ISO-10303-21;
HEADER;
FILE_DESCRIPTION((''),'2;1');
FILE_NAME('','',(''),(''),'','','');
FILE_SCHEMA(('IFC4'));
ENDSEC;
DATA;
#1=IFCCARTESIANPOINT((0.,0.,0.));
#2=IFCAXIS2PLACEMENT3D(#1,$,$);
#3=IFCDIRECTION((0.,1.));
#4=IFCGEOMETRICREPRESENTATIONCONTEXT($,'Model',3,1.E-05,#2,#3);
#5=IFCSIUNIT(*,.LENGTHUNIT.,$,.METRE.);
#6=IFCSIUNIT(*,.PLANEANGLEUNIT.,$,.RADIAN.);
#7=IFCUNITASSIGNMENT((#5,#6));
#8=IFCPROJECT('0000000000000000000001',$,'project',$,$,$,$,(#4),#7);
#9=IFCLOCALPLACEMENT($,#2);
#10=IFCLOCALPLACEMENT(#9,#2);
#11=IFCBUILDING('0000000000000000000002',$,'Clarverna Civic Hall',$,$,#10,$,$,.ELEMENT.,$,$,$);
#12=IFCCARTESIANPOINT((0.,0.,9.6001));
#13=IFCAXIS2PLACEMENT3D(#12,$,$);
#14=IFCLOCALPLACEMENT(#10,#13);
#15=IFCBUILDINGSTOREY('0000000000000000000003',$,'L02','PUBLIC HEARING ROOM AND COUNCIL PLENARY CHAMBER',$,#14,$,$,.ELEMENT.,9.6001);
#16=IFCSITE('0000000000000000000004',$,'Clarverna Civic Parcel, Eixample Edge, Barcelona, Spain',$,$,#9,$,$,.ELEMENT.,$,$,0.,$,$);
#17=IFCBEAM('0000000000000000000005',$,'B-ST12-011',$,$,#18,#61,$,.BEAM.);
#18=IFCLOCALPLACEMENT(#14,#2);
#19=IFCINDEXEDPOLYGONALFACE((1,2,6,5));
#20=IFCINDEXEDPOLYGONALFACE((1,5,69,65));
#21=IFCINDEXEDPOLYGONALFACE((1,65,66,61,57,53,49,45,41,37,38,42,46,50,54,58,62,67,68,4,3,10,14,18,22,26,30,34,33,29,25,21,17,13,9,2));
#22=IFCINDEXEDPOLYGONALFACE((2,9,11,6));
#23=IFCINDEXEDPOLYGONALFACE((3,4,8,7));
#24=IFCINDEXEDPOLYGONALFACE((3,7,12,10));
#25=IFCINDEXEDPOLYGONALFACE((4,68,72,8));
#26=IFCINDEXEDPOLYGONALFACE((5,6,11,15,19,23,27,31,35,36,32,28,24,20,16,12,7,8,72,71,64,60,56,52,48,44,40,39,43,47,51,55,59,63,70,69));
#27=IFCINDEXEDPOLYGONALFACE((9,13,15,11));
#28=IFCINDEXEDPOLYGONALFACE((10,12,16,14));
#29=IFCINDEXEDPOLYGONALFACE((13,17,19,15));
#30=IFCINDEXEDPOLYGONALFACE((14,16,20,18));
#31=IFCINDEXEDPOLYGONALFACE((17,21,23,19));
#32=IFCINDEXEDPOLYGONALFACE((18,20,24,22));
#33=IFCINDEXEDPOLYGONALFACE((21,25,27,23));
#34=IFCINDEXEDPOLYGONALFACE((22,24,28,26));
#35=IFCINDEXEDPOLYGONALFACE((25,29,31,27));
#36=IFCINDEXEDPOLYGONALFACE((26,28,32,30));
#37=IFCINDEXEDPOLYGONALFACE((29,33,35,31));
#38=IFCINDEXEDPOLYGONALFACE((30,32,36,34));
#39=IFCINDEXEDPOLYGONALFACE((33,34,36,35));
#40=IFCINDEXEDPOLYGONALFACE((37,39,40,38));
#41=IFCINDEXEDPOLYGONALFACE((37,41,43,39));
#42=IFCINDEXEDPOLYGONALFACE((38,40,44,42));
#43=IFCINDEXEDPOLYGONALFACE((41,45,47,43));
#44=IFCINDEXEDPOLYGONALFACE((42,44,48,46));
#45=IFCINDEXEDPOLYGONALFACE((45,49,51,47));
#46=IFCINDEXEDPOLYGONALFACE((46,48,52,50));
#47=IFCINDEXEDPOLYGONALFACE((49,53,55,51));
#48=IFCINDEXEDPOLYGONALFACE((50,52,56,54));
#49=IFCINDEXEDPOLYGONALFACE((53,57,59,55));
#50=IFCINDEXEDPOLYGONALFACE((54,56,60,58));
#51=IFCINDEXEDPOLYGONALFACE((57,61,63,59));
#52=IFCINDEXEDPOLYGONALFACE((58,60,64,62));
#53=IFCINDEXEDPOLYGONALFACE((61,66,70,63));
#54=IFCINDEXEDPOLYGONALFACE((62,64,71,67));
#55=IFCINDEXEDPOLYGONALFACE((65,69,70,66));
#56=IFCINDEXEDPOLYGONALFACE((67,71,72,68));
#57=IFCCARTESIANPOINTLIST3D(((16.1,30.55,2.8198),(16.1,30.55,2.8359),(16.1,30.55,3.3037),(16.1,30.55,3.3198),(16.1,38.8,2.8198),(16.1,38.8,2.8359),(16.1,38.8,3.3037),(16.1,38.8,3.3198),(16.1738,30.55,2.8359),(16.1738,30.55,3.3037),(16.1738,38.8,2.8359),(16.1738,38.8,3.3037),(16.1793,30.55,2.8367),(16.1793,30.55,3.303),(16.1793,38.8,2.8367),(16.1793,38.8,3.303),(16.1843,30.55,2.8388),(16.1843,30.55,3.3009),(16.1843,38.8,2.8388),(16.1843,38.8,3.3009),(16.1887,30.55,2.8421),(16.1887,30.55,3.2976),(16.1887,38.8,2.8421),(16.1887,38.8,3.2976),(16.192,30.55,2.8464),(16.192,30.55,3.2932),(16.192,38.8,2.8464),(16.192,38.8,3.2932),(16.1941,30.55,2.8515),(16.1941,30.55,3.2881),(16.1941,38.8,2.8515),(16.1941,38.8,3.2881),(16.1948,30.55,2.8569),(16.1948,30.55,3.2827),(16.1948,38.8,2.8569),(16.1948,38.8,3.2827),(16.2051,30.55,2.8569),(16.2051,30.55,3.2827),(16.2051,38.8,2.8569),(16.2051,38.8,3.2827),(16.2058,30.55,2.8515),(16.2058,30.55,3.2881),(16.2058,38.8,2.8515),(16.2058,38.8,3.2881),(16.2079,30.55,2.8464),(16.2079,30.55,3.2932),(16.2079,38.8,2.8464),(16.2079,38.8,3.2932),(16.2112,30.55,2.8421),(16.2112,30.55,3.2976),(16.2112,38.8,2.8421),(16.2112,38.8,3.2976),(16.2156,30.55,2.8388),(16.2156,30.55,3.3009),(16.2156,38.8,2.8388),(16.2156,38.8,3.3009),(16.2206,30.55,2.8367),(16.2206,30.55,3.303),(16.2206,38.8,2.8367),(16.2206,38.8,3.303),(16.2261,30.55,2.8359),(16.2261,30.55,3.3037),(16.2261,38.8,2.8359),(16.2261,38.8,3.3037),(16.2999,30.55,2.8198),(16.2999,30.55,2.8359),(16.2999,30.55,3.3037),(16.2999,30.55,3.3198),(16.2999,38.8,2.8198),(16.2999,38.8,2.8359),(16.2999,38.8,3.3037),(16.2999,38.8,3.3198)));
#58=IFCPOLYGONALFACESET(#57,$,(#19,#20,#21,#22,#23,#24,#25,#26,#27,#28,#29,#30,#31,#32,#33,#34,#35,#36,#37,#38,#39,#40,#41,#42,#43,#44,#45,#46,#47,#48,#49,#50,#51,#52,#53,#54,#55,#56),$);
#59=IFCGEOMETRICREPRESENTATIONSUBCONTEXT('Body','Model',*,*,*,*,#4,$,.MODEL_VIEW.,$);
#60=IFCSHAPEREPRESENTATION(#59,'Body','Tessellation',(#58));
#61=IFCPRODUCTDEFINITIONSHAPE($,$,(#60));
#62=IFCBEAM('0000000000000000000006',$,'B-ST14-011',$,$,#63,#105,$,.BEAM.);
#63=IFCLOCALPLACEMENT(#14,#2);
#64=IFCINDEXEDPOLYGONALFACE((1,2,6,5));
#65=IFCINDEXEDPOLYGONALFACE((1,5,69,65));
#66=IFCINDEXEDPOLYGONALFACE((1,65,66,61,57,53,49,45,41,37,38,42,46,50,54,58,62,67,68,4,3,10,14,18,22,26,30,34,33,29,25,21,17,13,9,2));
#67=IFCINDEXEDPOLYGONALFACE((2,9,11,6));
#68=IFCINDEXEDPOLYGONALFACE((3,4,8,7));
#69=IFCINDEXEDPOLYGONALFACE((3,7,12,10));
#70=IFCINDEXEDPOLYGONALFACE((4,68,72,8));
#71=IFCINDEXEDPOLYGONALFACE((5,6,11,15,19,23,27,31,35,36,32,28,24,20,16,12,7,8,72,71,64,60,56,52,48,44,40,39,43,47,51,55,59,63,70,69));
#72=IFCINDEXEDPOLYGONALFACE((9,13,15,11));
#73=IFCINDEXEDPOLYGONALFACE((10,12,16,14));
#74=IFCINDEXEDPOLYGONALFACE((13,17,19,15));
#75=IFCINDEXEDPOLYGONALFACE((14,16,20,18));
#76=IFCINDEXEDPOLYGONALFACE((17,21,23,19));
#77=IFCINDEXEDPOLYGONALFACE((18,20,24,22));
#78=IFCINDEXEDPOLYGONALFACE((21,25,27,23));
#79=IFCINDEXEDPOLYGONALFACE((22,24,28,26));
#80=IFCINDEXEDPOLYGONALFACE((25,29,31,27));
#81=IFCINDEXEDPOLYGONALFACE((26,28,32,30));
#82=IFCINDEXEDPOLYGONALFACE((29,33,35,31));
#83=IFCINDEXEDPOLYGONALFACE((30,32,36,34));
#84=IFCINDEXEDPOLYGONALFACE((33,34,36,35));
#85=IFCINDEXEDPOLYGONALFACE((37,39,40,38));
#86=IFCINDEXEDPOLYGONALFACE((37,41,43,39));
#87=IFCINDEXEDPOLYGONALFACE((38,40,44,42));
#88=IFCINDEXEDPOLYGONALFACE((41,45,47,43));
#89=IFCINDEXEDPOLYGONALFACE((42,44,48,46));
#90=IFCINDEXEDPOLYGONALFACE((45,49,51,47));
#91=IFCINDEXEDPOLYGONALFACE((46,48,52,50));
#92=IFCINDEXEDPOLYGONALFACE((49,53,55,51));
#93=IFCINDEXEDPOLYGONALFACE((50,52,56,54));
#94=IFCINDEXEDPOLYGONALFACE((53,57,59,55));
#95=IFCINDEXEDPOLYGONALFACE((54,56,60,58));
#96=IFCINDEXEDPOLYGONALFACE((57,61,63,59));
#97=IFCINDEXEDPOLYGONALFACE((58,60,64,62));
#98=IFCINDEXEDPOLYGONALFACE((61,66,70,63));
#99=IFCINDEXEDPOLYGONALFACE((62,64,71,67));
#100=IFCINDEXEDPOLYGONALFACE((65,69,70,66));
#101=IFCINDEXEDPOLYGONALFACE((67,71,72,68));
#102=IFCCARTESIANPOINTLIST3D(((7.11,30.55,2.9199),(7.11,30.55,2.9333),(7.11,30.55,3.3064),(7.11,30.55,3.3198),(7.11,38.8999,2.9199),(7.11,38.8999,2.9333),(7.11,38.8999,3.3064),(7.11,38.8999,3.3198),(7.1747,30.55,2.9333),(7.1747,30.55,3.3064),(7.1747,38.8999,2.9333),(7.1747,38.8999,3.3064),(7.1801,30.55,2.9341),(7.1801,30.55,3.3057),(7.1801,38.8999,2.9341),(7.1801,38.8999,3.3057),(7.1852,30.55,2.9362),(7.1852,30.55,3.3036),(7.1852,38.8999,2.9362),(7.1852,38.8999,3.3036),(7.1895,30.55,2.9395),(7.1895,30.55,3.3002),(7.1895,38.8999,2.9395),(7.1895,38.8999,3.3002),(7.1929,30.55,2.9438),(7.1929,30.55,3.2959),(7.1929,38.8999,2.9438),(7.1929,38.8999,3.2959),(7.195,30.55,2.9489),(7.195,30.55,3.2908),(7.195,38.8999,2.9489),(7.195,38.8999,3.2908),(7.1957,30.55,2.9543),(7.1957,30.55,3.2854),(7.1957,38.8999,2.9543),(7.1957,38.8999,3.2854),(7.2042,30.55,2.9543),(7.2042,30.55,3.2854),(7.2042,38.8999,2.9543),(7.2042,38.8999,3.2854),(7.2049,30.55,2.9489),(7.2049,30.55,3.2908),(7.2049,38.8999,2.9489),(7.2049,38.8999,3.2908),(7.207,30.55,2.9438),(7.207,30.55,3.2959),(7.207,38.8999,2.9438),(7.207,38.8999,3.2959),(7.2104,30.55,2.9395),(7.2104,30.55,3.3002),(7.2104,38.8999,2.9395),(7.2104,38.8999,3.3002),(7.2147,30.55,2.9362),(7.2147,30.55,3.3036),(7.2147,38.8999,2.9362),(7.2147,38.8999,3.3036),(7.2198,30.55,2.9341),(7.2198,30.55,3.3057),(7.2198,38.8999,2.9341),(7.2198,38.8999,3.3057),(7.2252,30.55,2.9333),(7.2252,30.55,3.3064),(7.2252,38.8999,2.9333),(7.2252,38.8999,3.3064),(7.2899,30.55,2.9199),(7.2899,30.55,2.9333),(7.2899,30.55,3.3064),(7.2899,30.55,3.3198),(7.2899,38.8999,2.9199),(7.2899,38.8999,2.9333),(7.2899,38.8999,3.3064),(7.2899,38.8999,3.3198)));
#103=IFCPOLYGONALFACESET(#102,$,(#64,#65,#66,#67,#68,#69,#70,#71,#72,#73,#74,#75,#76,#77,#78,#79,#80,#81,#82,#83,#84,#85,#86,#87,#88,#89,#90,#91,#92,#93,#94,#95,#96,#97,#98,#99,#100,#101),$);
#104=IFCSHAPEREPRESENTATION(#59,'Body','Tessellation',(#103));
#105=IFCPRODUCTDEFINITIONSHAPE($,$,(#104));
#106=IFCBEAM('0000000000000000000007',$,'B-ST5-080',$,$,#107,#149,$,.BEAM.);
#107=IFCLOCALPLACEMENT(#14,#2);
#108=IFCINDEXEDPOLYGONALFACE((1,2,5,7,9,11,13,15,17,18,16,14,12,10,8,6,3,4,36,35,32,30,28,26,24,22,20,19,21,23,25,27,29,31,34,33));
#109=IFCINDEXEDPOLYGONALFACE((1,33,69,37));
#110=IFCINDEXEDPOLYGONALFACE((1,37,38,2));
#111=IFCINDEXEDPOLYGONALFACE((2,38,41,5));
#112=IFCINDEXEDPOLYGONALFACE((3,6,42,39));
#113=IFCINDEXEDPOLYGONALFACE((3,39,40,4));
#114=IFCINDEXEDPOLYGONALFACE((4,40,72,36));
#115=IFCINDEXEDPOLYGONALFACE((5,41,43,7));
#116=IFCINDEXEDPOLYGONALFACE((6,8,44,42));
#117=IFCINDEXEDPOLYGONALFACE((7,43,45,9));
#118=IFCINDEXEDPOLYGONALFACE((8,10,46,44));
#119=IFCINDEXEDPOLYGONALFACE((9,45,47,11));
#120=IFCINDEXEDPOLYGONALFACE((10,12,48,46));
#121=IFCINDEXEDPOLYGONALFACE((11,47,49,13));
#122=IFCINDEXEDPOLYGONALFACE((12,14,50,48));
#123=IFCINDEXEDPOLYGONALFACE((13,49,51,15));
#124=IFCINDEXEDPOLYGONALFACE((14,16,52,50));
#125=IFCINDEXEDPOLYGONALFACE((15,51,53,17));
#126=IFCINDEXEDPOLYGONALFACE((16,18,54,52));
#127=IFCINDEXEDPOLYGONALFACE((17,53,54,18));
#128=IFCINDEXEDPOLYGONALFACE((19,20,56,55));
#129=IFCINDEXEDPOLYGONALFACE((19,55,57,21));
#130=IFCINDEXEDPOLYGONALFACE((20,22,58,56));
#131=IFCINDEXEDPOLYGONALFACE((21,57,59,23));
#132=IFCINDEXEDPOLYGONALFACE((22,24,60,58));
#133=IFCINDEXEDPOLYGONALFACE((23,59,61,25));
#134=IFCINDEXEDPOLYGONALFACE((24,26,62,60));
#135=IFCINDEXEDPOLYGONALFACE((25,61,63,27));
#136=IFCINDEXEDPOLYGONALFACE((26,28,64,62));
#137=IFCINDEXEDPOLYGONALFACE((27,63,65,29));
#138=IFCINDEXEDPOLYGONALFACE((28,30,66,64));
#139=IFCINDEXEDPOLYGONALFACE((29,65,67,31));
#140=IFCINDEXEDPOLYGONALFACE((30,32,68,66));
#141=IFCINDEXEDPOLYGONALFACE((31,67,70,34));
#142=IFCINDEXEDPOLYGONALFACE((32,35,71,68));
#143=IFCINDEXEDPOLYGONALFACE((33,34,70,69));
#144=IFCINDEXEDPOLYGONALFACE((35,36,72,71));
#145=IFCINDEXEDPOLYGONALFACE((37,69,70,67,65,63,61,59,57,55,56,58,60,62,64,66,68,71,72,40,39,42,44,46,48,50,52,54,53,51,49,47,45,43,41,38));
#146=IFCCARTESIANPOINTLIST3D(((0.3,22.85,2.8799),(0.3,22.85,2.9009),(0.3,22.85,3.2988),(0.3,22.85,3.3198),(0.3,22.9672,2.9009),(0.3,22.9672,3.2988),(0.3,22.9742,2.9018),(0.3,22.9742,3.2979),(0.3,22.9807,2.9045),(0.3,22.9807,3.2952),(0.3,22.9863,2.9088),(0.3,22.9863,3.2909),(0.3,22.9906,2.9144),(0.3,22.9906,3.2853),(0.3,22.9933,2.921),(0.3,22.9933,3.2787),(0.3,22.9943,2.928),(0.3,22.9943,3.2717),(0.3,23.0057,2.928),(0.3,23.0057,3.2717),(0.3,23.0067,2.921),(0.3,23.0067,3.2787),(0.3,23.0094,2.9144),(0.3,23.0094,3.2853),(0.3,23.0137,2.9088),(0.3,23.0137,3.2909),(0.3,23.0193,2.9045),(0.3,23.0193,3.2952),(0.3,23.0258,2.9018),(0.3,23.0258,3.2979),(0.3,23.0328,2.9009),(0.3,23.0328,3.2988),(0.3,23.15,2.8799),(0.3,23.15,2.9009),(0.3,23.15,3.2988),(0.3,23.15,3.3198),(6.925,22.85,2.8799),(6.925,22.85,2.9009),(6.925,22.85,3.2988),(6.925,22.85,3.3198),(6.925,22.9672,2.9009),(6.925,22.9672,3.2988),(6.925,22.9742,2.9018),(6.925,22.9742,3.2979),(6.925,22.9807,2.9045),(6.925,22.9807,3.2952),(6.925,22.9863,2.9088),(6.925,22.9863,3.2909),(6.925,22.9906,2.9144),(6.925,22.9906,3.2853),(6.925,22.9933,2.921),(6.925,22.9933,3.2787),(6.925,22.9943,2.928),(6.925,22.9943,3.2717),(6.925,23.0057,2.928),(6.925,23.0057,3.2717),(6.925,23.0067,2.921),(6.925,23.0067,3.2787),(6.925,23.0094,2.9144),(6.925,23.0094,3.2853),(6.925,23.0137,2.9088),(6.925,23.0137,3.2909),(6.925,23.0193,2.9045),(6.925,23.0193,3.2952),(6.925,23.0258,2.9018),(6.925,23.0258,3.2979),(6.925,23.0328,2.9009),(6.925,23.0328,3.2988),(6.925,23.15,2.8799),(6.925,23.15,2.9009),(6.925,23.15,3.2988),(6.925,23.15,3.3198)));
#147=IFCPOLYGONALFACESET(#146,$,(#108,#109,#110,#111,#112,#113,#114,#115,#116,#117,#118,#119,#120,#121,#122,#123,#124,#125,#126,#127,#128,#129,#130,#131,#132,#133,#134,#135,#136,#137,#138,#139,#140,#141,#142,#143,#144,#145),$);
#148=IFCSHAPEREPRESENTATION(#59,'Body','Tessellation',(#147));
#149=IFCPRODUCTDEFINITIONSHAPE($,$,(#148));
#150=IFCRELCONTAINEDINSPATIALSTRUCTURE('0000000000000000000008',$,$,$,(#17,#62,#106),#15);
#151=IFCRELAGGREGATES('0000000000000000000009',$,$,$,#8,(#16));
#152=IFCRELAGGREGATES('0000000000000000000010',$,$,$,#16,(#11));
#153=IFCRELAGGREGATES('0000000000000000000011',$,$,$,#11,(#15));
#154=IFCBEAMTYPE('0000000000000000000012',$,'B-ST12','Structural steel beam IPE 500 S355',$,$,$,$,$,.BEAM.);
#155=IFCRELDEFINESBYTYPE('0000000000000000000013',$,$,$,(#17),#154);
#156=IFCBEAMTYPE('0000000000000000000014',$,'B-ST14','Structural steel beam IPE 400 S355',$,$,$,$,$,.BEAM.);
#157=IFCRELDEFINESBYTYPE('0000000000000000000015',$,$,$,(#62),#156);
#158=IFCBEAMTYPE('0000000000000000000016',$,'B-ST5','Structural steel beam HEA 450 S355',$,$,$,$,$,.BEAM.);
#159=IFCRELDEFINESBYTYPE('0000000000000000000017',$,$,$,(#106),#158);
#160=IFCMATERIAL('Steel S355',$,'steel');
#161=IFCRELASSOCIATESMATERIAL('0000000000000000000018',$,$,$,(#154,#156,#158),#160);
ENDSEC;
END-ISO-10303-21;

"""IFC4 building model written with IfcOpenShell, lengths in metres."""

from ifc_helpers import new_model, si_unit, direction, frame, origin, origin_2d, place, context, subcontext, project, spatial, i_section, extrude, material, material_profile, profile_set, type_object, element, save


model = new_model("IFC4")

# Units and contexts
model_context = context("Model", 3, precision=1e-05, world=origin(), true_north=direction((0.0, 1.0)))
body_context = subcontext(model_context, "Body", "Model", "MODEL_VIEW")
ifc_project = project(units=[si_unit("LENGTHUNIT", "METRE"), si_unit("PLANEANGLEUNIT", "RADIAN")], contexts=[model_context])

# Site, building, storey
site_placement = place(None, origin())
site = spatial("IfcSite", under=ifc_project, at=site_placement, Name="Clarverna Civic Parcel, Eixample Edge, Barcelona, Spain", CompositionType="ELEMENT", RefElevation=0.0)
building_placement = place(site_placement, origin())
building = spatial("IfcBuilding", under=site, at=building_placement, Name="Clarverna Civic Hall", CompositionType="ELEMENT")
storey_placement = place(building_placement, frame((0.0, 0.0, 9.6001)))
storey = spatial("IfcBuildingStorey", under=building, at=storey_placement, Name="L02", Description="PUBLIC HEARING ROOM AND COUNCIL PLENARY CHAMBER", CompositionType="ELEMENT", Elevation=9.6001)

# Beams
ifc_material_1 = material(Name="Steel S355", Category="steel")
ifc_material_profile_1 = material_profile(ifc_material_1, i_section(OverallWidth=0.2, OverallDepth=0.5, WebThickness=0.0103, FlangeThickness=0.0161, FilletRadius=0.021, at=origin_2d()), Name="IPE 500")
ifc_profile_set_1 = profile_set([ifc_material_profile_1], Name="Steel S355")
beam_type_1 = type_object("IfcBeamType", Name="B-ST12", Description="Structural steel beam IPE 500 S355", PredefinedType="BEAM", material=ifc_profile_set_1)
beam_1_placement = place(storey_placement, frame((16.2, 30.55, 3.0698), z_axis=(0.0, 1.0, 0.0), x_axis=(-1.0, 0.0, 0.0)))
element("IfcBeam", 1, at=beam_1_placement, inside=storey, type_object=beam_type_1, Name="B-ST12-011", PredefinedType="BEAM", context=body_context, shape_type="SweptSolid", body=[
    extrude(i_section(OverallWidth=0.2, OverallDepth=0.5, WebThickness=0.0103, FlangeThickness=0.0161, FilletRadius=0.021, at=origin_2d()), origin(), (0.0, 0.0, 1.0), 8.25),
])
ifc_material_profile_2 = material_profile(ifc_material_1, i_section(OverallWidth=0.1799, OverallDepth=0.3999, WebThickness=0.0085, FlangeThickness=0.0134, FilletRadius=0.021, at=origin_2d()), Name="IPE 400")
ifc_profile_set_2 = profile_set([ifc_material_profile_2], Name="Steel S355")
beam_type_2 = type_object("IfcBeamType", Name="B-ST14", Description="Structural steel beam IPE 400 S355", PredefinedType="BEAM", material=ifc_profile_set_2)
beam_2_placement = place(storey_placement, frame((7.2, 30.55, 3.1199), z_axis=(0.0, 1.0, 0.0), x_axis=(-1.0, 0.0, 0.0)))
element("IfcBeam", 2, at=beam_2_placement, inside=storey, type_object=beam_type_2, Name="B-ST14-011", PredefinedType="BEAM", context=body_context, shape_type="SweptSolid", body=[
    extrude(i_section(OverallWidth=0.1799, OverallDepth=0.3999, WebThickness=0.0085, FlangeThickness=0.0134, FilletRadius=0.021, at=origin_2d()), origin(), (0.0, 0.0, 1.0), 8.3499),
])
ifc_material_profile_3 = material_profile(ifc_material_1, i_section(OverallWidth=0.3, OverallDepth=0.4399, WebThickness=0.0115, FlangeThickness=0.021, FilletRadius=0.0271, at=origin_2d()), Name="HEA 450")
ifc_profile_set_3 = profile_set([ifc_material_profile_3], Name="Steel S355")
beam_type_3 = type_object("IfcBeamType", Name="B-ST5", Description="Structural steel beam HEA 450 S355", PredefinedType="BEAM", material=ifc_profile_set_3)
beam_3_placement = place(storey_placement, frame((0.3, 23.0, 3.0999), z_axis=(1.0, 0.0, 0.0), x_axis=(0.0, 1.0, 0.0)))
element("IfcBeam", 3, at=beam_3_placement, inside=storey, type_object=beam_type_3, Name="B-ST5-080", PredefinedType="BEAM", context=body_context, shape_type="SweptSolid", body=[
    extrude(i_section(OverallWidth=0.3, OverallDepth=0.4399, WebThickness=0.0115, FlangeThickness=0.021, FilletRadius=0.0271, at=origin_2d()), origin(), (0.0, 0.0, 1.0), 6.625),
])

save(model, "model.ifc")
